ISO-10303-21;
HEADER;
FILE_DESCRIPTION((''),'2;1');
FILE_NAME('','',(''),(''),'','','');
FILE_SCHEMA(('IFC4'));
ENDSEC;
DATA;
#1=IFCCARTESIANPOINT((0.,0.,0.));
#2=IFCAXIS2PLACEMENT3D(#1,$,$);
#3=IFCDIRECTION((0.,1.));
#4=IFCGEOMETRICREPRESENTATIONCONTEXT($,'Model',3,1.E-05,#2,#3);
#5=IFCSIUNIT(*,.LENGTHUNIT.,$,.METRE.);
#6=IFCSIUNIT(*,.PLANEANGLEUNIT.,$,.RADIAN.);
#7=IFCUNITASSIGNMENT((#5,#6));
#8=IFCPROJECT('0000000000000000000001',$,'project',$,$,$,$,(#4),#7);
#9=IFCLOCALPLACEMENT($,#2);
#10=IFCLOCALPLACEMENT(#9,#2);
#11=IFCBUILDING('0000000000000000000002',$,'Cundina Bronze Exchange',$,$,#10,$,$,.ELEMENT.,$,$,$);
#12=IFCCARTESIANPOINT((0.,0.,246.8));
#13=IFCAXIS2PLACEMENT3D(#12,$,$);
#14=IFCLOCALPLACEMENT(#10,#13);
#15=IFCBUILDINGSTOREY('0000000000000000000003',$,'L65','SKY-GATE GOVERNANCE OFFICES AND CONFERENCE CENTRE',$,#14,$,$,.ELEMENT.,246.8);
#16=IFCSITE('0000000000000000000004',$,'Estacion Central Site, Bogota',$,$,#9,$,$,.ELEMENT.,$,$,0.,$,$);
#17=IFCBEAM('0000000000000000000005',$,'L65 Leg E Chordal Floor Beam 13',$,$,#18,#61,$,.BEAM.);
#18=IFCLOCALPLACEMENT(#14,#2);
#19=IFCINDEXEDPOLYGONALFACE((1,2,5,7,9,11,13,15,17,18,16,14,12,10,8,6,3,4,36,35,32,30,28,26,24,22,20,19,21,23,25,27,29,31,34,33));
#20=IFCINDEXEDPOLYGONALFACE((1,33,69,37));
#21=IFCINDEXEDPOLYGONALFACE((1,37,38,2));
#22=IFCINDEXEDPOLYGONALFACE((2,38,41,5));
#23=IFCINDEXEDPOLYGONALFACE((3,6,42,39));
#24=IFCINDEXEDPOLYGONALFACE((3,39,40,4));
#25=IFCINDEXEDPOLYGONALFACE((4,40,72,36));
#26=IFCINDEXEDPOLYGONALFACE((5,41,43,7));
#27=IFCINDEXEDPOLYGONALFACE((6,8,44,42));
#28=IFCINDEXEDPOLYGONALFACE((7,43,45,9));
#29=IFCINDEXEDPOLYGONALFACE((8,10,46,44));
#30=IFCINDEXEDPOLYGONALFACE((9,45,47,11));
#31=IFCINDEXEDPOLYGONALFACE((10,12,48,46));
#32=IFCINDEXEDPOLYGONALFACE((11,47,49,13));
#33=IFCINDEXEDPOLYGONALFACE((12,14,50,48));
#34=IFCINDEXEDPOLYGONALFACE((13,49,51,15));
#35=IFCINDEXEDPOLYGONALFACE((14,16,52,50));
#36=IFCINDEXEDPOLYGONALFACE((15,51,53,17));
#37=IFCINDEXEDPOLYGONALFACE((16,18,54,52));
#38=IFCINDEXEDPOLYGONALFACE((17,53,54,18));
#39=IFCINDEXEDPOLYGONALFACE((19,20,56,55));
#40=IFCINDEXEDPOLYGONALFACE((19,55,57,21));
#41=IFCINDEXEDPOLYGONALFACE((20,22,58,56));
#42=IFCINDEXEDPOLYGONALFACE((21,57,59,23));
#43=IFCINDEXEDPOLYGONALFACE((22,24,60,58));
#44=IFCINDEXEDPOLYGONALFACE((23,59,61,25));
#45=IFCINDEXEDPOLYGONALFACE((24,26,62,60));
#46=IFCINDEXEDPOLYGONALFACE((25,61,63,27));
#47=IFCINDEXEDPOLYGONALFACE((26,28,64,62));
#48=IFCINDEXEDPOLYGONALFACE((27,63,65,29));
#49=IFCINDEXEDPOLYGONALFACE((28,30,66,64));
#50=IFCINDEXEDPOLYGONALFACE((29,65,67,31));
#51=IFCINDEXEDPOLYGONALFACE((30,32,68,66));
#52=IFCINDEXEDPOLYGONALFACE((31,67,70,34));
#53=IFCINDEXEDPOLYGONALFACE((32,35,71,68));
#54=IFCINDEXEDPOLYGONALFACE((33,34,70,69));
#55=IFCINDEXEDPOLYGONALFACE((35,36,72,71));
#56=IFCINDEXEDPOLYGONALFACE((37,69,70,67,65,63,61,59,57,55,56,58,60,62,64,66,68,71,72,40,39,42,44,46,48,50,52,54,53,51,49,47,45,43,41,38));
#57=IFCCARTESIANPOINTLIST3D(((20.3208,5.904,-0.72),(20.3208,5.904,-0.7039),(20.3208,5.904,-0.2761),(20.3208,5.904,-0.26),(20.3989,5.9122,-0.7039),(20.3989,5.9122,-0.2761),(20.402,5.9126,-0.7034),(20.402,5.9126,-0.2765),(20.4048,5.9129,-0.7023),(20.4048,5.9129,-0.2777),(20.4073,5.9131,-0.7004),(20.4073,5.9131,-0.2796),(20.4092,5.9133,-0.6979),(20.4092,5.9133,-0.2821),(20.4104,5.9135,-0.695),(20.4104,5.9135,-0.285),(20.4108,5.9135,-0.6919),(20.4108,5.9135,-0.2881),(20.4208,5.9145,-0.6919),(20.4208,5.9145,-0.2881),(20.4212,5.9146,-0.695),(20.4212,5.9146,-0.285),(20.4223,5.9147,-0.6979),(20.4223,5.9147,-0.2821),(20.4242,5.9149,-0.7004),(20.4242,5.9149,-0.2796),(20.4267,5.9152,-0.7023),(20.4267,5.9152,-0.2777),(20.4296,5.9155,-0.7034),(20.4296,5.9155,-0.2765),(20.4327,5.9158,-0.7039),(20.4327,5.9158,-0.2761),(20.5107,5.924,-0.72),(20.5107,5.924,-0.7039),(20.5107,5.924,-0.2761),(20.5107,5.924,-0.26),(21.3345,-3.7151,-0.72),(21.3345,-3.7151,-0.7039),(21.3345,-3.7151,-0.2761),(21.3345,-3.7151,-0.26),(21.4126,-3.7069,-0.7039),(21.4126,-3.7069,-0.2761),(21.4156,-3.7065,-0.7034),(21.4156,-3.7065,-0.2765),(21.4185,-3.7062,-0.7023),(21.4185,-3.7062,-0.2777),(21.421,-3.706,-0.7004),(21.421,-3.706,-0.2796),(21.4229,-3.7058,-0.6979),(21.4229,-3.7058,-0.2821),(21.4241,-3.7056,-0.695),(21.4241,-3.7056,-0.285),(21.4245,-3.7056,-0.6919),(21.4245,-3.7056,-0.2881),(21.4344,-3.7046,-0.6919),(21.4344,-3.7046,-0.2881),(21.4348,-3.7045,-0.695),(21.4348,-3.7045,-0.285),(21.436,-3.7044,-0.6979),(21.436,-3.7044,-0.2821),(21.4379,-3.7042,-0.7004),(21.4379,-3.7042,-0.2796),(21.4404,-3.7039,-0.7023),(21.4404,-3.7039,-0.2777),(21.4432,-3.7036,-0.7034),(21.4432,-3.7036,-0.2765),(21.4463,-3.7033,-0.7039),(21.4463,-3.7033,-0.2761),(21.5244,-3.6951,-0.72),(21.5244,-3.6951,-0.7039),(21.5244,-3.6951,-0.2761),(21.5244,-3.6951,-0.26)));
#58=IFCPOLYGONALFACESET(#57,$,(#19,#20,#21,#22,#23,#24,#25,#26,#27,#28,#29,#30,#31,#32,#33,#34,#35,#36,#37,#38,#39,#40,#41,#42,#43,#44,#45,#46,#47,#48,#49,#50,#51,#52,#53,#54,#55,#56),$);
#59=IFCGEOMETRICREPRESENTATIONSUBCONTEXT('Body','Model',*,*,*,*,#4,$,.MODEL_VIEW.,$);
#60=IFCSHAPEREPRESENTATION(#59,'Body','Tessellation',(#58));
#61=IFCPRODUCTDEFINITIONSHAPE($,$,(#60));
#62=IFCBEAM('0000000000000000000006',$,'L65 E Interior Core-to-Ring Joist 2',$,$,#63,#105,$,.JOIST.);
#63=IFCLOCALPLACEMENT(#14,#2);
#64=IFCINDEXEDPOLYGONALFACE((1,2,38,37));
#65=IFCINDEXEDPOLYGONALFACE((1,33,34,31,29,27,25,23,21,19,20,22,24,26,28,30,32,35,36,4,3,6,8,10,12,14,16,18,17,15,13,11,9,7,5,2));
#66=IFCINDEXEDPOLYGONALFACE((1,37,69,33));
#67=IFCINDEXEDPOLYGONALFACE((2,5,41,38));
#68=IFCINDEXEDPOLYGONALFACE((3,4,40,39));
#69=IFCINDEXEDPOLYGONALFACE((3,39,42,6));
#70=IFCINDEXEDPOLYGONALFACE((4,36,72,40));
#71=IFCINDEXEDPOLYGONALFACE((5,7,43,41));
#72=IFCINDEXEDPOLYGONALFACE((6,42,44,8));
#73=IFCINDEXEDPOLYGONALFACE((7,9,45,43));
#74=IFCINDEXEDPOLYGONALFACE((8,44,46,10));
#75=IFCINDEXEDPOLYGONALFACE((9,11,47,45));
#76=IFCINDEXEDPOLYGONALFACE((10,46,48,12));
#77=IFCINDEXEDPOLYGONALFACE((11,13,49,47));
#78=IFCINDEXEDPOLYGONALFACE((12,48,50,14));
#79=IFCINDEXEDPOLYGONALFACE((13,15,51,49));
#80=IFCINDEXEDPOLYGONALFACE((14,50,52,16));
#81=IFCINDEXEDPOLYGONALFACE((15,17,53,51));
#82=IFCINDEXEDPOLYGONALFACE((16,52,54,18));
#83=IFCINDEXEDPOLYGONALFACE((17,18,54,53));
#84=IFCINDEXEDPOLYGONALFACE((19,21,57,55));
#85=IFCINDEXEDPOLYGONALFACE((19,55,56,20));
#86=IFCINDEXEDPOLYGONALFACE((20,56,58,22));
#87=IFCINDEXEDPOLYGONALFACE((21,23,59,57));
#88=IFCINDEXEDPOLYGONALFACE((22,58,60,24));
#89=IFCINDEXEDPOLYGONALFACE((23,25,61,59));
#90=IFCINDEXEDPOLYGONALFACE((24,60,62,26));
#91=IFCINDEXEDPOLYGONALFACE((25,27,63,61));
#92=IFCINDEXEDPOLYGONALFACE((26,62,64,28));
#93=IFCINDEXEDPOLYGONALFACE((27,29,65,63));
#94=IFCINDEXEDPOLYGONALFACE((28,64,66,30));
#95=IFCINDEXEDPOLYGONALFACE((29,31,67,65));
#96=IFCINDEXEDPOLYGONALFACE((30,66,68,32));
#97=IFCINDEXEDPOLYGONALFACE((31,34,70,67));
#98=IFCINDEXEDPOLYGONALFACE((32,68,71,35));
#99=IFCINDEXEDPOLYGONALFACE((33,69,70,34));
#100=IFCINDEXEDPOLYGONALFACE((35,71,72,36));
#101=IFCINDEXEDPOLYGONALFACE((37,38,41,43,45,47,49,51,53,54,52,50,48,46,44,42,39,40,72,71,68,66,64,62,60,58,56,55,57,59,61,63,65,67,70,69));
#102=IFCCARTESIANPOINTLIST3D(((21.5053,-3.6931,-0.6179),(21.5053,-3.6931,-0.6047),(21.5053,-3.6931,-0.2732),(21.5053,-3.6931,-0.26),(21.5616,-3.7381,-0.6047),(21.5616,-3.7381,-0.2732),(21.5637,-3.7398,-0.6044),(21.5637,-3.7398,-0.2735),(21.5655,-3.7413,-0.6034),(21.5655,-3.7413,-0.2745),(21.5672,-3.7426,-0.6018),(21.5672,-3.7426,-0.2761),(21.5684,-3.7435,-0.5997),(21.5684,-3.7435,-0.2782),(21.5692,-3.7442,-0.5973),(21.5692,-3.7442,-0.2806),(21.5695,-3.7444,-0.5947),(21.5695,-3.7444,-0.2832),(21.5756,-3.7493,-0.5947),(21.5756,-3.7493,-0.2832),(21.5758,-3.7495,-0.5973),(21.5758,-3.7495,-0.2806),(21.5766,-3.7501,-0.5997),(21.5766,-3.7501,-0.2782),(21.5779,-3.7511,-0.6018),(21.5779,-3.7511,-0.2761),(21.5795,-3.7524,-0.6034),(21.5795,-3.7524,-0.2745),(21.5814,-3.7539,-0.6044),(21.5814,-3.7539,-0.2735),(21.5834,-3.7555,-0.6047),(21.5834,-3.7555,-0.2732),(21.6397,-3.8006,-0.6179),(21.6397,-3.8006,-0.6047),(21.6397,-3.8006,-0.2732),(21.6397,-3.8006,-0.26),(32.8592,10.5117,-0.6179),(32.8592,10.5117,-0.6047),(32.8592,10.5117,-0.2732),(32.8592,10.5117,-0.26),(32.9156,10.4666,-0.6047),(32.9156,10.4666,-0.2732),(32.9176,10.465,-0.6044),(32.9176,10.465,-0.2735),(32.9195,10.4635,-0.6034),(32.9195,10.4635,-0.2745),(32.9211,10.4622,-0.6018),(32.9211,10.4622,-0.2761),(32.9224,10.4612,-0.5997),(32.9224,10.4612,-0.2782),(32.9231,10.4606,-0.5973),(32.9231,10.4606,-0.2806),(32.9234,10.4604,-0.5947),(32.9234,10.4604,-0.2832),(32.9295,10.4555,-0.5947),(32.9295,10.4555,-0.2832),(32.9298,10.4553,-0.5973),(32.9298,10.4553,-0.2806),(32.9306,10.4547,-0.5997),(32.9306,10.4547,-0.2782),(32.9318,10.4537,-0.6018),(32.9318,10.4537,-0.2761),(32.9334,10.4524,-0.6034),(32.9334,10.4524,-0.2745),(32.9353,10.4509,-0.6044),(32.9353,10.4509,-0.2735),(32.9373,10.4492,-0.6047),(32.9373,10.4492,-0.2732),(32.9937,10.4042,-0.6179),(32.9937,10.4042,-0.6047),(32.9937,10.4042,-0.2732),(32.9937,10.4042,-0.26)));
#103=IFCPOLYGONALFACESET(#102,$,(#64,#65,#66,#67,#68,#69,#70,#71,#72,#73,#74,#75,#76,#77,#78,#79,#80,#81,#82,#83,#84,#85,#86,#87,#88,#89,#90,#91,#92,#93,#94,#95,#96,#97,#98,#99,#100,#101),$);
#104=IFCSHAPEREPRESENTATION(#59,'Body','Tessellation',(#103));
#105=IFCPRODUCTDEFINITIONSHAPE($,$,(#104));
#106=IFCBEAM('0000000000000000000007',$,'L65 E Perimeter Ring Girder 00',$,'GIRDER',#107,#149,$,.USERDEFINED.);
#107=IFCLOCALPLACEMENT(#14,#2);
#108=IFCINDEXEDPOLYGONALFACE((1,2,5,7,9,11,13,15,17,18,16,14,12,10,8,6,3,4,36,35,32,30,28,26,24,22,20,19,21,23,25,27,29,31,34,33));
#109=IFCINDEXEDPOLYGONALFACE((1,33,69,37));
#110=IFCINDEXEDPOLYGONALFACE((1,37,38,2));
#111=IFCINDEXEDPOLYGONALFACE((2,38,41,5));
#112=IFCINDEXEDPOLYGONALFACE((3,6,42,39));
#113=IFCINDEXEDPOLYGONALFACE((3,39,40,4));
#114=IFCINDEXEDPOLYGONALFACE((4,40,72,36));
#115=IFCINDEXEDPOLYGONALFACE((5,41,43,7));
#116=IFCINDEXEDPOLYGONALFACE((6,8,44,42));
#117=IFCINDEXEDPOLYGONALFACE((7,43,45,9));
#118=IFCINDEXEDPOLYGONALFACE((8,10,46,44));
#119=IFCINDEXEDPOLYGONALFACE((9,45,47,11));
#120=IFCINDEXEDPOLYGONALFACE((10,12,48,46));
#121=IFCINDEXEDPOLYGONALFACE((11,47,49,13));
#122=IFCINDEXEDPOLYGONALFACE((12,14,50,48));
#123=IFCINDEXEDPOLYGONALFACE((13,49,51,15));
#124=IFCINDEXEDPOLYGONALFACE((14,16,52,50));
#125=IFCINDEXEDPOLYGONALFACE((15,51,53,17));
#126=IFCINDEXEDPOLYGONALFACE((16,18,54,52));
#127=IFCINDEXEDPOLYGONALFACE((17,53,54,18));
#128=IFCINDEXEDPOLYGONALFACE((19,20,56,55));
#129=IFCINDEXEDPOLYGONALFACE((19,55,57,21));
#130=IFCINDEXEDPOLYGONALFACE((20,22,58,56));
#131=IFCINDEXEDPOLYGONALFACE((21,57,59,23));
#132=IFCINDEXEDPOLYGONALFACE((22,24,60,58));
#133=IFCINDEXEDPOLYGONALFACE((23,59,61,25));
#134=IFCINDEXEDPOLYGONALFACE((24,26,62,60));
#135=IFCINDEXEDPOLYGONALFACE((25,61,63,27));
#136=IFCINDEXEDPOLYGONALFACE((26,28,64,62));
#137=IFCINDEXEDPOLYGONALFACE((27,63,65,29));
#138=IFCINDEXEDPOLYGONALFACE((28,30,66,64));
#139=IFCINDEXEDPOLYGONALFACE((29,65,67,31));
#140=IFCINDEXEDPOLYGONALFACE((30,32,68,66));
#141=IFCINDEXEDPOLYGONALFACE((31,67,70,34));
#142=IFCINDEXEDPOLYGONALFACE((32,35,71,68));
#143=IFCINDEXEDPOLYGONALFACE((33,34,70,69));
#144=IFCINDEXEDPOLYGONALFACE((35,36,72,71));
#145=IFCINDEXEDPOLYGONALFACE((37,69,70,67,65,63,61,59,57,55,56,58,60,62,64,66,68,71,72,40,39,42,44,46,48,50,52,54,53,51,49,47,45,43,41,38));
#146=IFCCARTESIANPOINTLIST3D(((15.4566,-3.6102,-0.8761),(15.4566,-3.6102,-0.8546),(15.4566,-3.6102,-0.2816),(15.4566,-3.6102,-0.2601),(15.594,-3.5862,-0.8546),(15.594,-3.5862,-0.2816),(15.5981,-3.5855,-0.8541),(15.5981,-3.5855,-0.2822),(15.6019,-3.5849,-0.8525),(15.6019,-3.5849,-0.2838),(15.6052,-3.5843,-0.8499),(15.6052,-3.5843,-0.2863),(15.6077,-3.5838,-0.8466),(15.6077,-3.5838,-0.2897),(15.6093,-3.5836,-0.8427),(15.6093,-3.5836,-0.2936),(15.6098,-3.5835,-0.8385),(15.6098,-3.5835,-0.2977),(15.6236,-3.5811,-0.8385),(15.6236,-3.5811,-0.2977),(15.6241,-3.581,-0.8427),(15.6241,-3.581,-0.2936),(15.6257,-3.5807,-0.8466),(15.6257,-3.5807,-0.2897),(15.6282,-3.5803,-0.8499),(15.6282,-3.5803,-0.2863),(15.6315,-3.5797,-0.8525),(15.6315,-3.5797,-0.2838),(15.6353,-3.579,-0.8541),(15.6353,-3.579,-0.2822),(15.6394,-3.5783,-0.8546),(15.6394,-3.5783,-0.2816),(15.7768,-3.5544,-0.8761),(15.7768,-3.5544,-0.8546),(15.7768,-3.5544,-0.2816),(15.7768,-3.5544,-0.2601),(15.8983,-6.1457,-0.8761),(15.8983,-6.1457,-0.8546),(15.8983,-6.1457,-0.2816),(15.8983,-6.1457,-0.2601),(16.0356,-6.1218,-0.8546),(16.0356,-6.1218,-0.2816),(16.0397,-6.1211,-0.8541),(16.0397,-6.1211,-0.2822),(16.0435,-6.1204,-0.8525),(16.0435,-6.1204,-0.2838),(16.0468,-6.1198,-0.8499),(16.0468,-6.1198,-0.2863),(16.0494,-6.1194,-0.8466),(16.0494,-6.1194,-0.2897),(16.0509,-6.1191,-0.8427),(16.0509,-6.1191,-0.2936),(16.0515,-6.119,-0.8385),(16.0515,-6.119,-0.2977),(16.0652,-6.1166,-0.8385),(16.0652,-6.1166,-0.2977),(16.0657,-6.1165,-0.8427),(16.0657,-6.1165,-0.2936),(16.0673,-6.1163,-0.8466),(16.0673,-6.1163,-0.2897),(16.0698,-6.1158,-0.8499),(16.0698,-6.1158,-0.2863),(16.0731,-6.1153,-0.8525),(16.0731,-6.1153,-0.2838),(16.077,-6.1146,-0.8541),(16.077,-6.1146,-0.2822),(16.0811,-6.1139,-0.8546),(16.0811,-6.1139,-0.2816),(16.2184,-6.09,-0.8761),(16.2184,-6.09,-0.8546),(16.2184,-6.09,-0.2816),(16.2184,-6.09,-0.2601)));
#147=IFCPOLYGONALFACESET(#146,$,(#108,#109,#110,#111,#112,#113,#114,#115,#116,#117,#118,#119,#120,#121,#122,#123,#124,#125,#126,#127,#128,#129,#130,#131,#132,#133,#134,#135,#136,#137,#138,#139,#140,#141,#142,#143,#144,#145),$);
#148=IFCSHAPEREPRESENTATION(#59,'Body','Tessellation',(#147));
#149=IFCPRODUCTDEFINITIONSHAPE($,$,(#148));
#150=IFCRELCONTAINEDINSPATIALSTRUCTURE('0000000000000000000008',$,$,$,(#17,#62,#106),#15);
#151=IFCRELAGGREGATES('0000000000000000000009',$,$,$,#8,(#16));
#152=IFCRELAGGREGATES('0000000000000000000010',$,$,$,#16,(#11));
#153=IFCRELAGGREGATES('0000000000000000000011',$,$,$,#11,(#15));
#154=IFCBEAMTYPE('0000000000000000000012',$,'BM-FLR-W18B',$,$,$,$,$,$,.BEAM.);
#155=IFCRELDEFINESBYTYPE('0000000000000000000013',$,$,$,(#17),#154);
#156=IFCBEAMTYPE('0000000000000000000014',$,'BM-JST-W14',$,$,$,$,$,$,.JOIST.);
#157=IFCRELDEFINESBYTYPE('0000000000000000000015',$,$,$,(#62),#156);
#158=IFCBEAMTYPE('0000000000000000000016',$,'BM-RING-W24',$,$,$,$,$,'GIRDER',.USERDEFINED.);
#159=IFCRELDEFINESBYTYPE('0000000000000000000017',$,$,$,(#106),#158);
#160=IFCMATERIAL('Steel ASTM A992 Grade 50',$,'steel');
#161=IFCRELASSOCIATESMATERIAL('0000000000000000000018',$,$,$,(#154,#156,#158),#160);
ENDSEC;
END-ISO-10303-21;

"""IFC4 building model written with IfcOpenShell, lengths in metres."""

from ifc_helpers import new_model, si_unit, direction, frame, origin, origin_2d, place, context, subcontext, project, spatial, i_section, extrude, material, material_profile, profile_set, type_object, element, save


model = new_model("IFC4")

# Units and contexts
model_context = context("Model", 3, precision=1e-05, world=origin(), true_north=direction((0.0, 1.0)))
body_context = subcontext(model_context, "Body", "Model", "MODEL_VIEW")
ifc_project = project(units=[si_unit("LENGTHUNIT", "METRE"), si_unit("PLANEANGLEUNIT", "RADIAN")], contexts=[model_context])

# Site, building, storey
site_placement = place(None, origin())
site = spatial("IfcSite", under=ifc_project, at=site_placement, Name="Estacion Central Site, Bogota", CompositionType="ELEMENT", RefElevation=0.0)
building_placement = place(site_placement, origin())
building = spatial("IfcBuilding", under=site, at=building_placement, Name="Cundina Bronze Exchange", CompositionType="ELEMENT")
storey_placement = place(building_placement, frame((0.0, 0.0, 246.8)))
storey = spatial("IfcBuildingStorey", under=building, at=storey_placement, Name="L65", Description="SKY-GATE GOVERNANCE OFFICES AND CONFERENCE CENTRE", CompositionType="ELEMENT", Elevation=246.8)

# Shared definitions
ifc_material_1 = material(Name="Steel ASTM A992 Grade 50", Category="steel")

# Beams
ifc_material_profile_1 = material_profile(ifc_material_1, i_section(OverallWidth=0.1909, OverallDepth=0.46, WebThickness=0.01, FlangeThickness=0.0161, FilletRadius=0.012, at=origin_2d()), Name="W18X55", Category="steel")
ifc_profile_set_1 = profile_set([ifc_material_profile_1], Name="Steel ASTM A992 Grade 50")
beam_type_1 = type_object("IfcBeamType", Name="BM-FLR-W18B", PredefinedType="BEAM", material=ifc_profile_set_1)
beam_1_placement = place(storey_placement, frame((21.4294, -3.7051, -0.49), z_axis=(-0.1048, 0.994493, 0.0), x_axis=(-0.994493, -0.1048, 0.0)))
element("IfcBeam", 1, at=beam_1_placement, inside=storey, type_object=beam_type_1, Name="L65 Leg E Chordal Floor Beam 13", PredefinedType="BEAM", context=body_context, shape_type="SweptSolid", body=[
    extrude(i_section(OverallWidth=0.1909, OverallDepth=0.46, WebThickness=0.01, FlangeThickness=0.0161, FilletRadius=0.012, at=origin_2d()), origin(), (0.0, 0.0, 1.0), 9.6724),
])
ifc_material_profile_2 = material_profile(ifc_material_1, i_section(OverallWidth=0.1721, OverallDepth=0.3579, WebThickness=0.0078, FlangeThickness=0.0132, FilletRadius=0.01, at=origin_2d()), Name="W14X38", Category="steel")
ifc_profile_set_2 = profile_set([ifc_material_profile_2], Name="Steel ASTM A992 Grade 50")
beam_type_2 = type_object("IfcBeamType", Name="BM-JST-W14", PredefinedType="JOIST", material=ifc_profile_set_2)
beam_2_placement = place(storey_placement, frame((21.5725, -3.7468, -0.439), z_axis=(0.624364, 0.781133, 0.0), x_axis=(-0.781133, 0.624364, 0.0)))
element("IfcBeam", 2, at=beam_2_placement, inside=storey, type_object=beam_type_2, Name="L65 E Interior Core-to-Ring Joist 2", PredefinedType="JOIST", context=body_context, shape_type="SweptSolid", body=[
    extrude(i_section(OverallWidth=0.1721, OverallDepth=0.3579, WebThickness=0.0078, FlangeThickness=0.0132, FilletRadius=0.01, at=origin_2d()), origin(), (0.0, 0.0, 1.0), 18.1848),
])
ifc_material_profile_3 = material_profile(ifc_material_1, i_section(OverallWidth=0.325, OverallDepth=0.616, WebThickness=0.0139, FlangeThickness=0.0215, FilletRadius=0.0161, at=origin_2d()), Name="W24X117", Category="steel")
ifc_profile_set_3 = profile_set([ifc_material_profile_3], Name="Steel ASTM A992 Grade 50")
beam_type_3 = type_object("IfcBeamType", Name="BM-RING-W24", ElementType="GIRDER", PredefinedType="USERDEFINED", material=ifc_profile_set_3)
beam_3_placement = place(storey_placement, frame((15.6167, -3.5823, -0.5681), z_axis=(0.171593, -0.985168, 0.0), x_axis=(0.985168, 0.171593, 0.0)))
element("IfcBeam", 3, at=beam_3_placement, inside=storey, type_object=beam_type_3, Name="L65 E Perimeter Ring Girder 00", ObjectType="GIRDER", PredefinedType="USERDEFINED", context=body_context, shape_type="SweptSolid", body=[
    extrude(i_section(OverallWidth=0.325, OverallDepth=0.616, WebThickness=0.0139, FlangeThickness=0.0215, FilletRadius=0.0161, at=origin_2d()), origin(), (0.0, 0.0, 1.0), 2.5737),
])

save(model, "model.ifc")
